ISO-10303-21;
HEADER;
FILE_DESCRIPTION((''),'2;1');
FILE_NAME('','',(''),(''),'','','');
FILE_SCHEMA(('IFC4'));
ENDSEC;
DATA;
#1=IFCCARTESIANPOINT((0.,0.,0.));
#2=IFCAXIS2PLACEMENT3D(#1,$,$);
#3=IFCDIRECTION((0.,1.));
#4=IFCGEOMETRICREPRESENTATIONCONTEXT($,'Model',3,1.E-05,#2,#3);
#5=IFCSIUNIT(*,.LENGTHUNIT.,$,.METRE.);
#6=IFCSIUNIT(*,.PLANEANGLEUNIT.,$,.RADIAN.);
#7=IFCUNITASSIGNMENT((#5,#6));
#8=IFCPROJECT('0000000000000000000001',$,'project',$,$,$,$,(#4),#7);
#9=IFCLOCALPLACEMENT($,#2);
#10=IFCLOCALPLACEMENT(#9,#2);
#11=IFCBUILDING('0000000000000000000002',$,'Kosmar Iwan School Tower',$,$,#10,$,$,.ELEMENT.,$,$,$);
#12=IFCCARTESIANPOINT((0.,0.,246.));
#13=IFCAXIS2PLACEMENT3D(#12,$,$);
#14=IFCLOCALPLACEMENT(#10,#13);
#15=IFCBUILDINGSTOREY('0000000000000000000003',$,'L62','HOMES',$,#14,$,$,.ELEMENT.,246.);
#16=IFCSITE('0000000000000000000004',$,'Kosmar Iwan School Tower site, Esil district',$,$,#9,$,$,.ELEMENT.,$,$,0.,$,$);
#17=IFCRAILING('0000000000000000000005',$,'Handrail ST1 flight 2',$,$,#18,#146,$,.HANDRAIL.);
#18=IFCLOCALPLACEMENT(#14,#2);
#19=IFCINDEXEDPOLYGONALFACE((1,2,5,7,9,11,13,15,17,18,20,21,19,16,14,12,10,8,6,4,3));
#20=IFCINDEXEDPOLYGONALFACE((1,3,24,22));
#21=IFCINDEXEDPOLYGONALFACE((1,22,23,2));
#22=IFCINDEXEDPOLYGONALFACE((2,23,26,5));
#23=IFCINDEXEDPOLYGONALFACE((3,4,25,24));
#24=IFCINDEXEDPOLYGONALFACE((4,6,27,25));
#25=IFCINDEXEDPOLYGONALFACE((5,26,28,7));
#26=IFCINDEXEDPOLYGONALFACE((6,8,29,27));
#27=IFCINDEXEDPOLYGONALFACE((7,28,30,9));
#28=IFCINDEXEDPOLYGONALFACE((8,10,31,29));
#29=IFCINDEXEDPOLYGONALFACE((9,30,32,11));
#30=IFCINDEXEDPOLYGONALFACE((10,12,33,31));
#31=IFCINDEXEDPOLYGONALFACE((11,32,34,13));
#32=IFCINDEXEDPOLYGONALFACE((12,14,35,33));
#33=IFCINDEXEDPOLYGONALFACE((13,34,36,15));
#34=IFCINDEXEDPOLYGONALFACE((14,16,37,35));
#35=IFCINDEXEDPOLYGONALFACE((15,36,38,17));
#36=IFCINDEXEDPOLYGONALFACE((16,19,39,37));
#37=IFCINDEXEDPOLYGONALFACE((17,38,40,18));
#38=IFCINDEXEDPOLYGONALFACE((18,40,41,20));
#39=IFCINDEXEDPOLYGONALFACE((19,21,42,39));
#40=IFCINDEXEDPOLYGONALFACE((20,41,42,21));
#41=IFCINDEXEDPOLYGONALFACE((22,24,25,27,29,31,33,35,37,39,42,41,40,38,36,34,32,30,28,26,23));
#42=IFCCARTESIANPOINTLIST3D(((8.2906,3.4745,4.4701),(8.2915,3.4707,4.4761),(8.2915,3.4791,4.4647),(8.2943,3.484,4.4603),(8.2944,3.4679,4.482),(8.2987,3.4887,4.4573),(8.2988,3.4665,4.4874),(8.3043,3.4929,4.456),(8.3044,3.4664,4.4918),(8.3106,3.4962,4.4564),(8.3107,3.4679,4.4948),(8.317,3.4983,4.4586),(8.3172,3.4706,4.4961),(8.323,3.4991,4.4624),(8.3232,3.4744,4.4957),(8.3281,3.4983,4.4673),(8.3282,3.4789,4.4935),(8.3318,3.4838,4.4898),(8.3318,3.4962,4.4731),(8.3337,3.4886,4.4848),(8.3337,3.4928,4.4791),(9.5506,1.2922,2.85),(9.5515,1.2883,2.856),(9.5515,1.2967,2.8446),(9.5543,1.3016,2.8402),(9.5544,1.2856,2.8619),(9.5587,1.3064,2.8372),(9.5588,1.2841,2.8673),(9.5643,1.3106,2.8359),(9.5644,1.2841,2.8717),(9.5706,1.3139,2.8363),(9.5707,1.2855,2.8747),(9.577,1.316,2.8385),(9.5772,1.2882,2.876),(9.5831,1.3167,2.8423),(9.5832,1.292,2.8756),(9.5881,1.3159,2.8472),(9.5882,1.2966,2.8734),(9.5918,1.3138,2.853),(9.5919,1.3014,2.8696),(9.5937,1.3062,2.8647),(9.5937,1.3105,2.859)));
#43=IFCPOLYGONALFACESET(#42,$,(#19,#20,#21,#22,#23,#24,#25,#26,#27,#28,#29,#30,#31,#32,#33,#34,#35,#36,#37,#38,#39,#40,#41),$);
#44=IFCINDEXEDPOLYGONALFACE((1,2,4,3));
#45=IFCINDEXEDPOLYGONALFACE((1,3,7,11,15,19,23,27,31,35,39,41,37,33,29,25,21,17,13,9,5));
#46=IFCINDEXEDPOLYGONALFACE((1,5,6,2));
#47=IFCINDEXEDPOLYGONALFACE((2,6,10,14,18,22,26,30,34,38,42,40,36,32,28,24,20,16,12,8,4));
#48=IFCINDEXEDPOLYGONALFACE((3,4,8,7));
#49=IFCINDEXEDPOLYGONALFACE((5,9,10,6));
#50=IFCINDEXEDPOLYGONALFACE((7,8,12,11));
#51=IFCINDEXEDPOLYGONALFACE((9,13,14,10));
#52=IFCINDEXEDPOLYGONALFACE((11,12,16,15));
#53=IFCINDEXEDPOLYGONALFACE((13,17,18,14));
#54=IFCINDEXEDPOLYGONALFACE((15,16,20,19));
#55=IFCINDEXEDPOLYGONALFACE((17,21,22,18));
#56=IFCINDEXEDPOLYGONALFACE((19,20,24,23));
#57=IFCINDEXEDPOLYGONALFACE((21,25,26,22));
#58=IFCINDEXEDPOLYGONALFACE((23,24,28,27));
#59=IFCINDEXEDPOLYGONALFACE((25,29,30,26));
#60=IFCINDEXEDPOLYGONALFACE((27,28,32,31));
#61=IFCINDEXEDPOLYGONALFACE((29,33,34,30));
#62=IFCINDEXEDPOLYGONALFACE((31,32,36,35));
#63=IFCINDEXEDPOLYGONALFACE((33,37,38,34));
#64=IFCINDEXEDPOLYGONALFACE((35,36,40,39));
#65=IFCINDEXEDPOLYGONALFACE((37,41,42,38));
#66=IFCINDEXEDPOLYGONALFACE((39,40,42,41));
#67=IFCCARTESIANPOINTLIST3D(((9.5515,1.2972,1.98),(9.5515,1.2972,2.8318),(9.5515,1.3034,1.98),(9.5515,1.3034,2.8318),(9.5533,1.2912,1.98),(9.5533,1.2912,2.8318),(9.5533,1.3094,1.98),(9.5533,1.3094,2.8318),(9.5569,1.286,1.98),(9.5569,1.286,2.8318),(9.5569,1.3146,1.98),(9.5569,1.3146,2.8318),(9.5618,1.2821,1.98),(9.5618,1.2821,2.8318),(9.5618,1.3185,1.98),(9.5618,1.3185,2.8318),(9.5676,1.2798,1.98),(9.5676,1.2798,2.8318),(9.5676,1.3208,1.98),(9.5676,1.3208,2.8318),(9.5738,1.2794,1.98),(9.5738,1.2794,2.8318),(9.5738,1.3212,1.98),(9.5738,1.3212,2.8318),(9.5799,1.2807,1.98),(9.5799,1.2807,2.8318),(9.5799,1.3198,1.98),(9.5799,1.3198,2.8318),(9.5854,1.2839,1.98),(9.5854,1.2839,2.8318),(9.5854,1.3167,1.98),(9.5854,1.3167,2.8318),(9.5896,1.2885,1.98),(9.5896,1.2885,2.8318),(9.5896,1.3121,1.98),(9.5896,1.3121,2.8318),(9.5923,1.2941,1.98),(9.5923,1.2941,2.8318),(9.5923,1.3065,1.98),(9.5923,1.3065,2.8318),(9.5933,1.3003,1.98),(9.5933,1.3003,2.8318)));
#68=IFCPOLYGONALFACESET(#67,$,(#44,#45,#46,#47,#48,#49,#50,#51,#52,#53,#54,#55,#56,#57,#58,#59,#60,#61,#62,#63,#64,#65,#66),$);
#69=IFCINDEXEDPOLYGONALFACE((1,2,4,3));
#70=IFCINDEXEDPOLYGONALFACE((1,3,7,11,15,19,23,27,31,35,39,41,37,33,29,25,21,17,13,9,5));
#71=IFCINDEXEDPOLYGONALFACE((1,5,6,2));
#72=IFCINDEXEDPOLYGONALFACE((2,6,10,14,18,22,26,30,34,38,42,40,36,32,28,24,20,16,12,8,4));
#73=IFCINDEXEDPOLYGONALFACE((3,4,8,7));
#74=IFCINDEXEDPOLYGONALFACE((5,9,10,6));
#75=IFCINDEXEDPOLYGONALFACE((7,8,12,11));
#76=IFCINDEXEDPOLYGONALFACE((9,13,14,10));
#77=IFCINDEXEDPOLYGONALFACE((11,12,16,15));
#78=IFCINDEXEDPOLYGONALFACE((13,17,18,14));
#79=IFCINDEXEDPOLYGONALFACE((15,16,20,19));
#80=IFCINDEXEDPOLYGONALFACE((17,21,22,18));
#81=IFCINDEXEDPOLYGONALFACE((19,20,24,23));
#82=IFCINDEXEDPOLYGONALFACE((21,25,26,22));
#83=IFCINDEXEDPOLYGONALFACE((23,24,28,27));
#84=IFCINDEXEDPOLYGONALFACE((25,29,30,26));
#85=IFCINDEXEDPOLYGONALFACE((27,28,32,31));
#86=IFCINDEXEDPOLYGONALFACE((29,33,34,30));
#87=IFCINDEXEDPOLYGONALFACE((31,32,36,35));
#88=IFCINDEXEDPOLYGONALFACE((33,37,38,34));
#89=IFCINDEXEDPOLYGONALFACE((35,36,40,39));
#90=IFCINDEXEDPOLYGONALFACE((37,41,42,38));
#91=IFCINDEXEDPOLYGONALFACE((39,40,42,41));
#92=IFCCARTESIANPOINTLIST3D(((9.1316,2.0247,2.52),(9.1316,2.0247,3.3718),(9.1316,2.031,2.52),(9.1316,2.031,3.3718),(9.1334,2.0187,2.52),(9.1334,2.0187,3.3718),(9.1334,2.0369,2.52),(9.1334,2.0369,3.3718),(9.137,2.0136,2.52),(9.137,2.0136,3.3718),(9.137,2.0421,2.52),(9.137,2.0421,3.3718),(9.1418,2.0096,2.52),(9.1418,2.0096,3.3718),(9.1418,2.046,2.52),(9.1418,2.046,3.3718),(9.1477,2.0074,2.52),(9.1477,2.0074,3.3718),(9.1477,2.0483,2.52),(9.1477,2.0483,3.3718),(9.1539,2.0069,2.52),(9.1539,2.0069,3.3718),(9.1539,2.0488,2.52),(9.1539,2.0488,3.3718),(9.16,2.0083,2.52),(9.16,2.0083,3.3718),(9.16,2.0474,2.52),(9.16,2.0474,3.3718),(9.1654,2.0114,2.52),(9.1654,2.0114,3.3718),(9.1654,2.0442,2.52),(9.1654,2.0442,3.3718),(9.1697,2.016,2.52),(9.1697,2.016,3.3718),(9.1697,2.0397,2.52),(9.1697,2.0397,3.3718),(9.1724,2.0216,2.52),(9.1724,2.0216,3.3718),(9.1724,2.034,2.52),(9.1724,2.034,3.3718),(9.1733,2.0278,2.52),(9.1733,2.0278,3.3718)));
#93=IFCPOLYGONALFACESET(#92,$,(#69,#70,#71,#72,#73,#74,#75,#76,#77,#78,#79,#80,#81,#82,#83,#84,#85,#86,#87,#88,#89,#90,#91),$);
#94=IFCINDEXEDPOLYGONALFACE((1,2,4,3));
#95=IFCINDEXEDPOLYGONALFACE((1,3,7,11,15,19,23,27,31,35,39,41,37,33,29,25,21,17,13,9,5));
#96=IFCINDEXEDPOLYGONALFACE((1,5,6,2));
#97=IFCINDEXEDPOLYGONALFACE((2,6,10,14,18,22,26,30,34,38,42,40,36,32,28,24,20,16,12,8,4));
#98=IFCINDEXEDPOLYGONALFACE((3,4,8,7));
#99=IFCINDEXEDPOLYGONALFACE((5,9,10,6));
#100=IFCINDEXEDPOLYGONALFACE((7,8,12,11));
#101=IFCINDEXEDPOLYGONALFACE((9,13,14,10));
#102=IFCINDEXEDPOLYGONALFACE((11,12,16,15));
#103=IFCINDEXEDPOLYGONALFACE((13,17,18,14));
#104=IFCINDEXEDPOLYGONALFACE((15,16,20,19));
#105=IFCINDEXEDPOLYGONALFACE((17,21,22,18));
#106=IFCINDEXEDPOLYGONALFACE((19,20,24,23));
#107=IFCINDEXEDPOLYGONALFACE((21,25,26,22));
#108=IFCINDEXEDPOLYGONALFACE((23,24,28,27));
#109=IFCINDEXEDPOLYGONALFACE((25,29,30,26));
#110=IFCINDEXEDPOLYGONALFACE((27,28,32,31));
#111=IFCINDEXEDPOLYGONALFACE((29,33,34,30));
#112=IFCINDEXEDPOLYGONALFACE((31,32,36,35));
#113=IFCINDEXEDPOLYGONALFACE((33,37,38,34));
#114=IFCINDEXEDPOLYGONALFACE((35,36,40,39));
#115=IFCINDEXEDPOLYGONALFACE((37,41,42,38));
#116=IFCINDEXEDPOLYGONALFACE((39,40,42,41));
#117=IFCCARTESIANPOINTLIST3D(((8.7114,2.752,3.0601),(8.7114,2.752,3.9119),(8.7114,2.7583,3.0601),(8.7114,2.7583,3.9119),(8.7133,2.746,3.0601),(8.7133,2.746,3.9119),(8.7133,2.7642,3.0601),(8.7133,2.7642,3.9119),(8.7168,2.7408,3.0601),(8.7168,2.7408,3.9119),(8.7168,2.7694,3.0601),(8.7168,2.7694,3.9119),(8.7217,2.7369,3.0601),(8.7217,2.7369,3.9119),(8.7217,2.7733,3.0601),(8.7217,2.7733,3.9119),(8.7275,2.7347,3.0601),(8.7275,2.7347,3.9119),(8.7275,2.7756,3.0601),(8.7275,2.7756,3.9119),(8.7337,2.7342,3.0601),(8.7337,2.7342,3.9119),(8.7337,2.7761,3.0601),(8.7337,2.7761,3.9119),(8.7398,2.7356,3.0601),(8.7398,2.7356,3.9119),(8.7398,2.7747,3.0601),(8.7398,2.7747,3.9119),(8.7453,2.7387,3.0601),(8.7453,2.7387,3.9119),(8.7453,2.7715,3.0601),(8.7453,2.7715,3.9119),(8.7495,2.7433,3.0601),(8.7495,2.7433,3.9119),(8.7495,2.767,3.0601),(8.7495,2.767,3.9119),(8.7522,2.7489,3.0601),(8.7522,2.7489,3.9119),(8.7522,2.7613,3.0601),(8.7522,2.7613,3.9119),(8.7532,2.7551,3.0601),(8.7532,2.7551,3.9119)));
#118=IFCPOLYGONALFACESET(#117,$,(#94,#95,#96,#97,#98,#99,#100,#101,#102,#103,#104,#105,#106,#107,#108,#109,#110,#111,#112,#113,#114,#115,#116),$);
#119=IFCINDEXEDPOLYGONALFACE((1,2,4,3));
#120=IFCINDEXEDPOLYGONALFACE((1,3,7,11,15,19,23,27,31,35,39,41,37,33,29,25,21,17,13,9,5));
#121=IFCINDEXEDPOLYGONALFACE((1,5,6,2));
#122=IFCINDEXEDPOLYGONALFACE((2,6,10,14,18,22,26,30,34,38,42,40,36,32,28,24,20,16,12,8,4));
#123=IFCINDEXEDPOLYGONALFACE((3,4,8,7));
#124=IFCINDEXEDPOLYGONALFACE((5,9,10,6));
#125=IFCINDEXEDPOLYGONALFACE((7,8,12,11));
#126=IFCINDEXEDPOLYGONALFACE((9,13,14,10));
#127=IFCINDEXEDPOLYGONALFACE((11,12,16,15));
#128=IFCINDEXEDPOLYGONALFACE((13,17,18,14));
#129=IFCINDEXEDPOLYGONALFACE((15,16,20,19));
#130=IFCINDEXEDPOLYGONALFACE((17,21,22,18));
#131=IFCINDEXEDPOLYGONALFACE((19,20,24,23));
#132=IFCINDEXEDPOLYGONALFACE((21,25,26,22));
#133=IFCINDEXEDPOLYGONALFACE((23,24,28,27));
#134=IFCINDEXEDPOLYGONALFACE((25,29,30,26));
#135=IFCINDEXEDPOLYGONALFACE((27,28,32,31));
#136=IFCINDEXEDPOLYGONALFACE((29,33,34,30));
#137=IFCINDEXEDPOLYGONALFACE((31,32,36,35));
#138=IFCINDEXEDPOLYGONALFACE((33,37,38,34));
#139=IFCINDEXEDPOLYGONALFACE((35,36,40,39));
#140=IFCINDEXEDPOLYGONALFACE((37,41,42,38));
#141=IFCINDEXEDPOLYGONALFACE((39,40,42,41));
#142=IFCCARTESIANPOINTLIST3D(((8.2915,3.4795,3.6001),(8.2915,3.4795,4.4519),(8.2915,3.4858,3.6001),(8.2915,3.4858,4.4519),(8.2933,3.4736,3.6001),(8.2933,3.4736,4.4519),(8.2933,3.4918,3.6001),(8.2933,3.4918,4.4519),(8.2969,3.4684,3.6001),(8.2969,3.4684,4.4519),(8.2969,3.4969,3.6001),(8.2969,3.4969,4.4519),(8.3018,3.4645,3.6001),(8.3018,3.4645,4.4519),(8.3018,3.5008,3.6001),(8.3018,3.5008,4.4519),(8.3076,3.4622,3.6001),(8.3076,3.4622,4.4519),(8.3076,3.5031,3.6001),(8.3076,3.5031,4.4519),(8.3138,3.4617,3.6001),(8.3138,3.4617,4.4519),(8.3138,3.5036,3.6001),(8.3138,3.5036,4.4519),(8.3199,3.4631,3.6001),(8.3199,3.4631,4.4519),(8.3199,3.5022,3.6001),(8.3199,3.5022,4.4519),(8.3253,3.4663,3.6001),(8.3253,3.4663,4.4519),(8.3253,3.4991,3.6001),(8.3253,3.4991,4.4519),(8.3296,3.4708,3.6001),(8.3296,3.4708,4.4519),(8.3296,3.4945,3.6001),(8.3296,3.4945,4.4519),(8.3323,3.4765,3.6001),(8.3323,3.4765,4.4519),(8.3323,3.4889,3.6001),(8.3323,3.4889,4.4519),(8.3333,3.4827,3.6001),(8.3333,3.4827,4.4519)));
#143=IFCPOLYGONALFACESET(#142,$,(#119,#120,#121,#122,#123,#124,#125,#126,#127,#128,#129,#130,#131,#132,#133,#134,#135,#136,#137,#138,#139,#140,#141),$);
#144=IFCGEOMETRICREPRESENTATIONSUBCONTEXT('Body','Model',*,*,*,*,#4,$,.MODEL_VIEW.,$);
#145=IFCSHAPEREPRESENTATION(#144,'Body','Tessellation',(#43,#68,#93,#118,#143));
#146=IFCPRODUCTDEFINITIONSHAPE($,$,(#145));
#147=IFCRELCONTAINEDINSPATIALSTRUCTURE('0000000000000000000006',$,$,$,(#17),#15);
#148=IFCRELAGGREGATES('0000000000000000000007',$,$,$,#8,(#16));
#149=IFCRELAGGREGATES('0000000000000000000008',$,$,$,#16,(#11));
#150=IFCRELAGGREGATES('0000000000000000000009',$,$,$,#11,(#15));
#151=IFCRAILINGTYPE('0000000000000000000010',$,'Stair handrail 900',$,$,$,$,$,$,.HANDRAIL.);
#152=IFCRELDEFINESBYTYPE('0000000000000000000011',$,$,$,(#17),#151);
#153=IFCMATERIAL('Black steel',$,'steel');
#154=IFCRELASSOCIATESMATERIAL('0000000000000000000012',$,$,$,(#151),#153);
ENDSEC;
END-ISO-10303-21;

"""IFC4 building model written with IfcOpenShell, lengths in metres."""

from ifc_helpers import new_model, si_unit, direction, frame, origin, origin_2d, place, context, subcontext, project, spatial, circle, extrude, material, type_object, element, save


model = new_model("IFC4")

# Units and contexts
model_context = context("Model", 3, precision=1e-05, world=origin(), true_north=direction((0.0, 1.0)))
body_context = subcontext(model_context, "Body", "Model", "MODEL_VIEW")
ifc_project = project(units=[si_unit("LENGTHUNIT", "METRE"), si_unit("PLANEANGLEUNIT", "RADIAN")], contexts=[model_context])

# Site, building, storey
site_placement = place(None, origin())
site = spatial("IfcSite", under=ifc_project, at=site_placement, Name="Kosmar Iwan School Tower site, Esil district", CompositionType="ELEMENT", RefElevation=0.0)
building_placement = place(site_placement, origin())
building = spatial("IfcBuilding", under=site, at=building_placement, Name="Kosmar Iwan School Tower", CompositionType="ELEMENT")
storey_placement = place(building_placement, frame((0.0, 0.0, 246.0)))
storey = spatial("IfcBuildingStorey", under=building, at=storey_placement, Name="L62", Description="HOMES", CompositionType="ELEMENT", Elevation=246.0)

# Railing
ifc_material_1 = material(Name="Black steel", Category="steel")
railing_type = type_object("IfcRailingType", Name="Stair handrail 900", PredefinedType="HANDRAIL", material=ifc_material_1)
railing_placement = place(storey_placement, frame((9.5723, 1.3003, 1.98)))
element("IfcRailing", 1, at=railing_placement, inside=storey, type_object=railing_type, Name="Handrail ST1 flight 2", PredefinedType="HANDRAIL", context=body_context, shape_type="SweptSolid", body=[
    extrude(circle(Radius=0.0239, at=origin_2d()), frame((0.0, 0.0, 0.876), z_axis=(-0.420584, 0.728464, 0.540786), x_axis=(-0.866023, -0.500005, 0.0)), (0.0, 0.0, 1.0), 2.9958),
    extrude(circle(Radius=0.021, at=origin_2d()), origin(), (0.0, 0.0, 1.0), 0.8518),
    extrude(circle(Radius=0.021, at=origin_2d()), frame((-0.4199, 0.7275, 0.54)), (0.0, 0.0, 1.0), 0.8518),
    extrude(circle(Radius=0.021, at=origin_2d()), frame((-0.8401, 1.4548, 1.0801)), (0.0, 0.0, 1.0), 0.8518),
    extrude(circle(Radius=0.021, at=origin_2d()), frame((-1.26, 2.1824, 1.6201)), (0.0, 0.0, 1.0), 0.8518),
])

save(model, "model.ifc")
